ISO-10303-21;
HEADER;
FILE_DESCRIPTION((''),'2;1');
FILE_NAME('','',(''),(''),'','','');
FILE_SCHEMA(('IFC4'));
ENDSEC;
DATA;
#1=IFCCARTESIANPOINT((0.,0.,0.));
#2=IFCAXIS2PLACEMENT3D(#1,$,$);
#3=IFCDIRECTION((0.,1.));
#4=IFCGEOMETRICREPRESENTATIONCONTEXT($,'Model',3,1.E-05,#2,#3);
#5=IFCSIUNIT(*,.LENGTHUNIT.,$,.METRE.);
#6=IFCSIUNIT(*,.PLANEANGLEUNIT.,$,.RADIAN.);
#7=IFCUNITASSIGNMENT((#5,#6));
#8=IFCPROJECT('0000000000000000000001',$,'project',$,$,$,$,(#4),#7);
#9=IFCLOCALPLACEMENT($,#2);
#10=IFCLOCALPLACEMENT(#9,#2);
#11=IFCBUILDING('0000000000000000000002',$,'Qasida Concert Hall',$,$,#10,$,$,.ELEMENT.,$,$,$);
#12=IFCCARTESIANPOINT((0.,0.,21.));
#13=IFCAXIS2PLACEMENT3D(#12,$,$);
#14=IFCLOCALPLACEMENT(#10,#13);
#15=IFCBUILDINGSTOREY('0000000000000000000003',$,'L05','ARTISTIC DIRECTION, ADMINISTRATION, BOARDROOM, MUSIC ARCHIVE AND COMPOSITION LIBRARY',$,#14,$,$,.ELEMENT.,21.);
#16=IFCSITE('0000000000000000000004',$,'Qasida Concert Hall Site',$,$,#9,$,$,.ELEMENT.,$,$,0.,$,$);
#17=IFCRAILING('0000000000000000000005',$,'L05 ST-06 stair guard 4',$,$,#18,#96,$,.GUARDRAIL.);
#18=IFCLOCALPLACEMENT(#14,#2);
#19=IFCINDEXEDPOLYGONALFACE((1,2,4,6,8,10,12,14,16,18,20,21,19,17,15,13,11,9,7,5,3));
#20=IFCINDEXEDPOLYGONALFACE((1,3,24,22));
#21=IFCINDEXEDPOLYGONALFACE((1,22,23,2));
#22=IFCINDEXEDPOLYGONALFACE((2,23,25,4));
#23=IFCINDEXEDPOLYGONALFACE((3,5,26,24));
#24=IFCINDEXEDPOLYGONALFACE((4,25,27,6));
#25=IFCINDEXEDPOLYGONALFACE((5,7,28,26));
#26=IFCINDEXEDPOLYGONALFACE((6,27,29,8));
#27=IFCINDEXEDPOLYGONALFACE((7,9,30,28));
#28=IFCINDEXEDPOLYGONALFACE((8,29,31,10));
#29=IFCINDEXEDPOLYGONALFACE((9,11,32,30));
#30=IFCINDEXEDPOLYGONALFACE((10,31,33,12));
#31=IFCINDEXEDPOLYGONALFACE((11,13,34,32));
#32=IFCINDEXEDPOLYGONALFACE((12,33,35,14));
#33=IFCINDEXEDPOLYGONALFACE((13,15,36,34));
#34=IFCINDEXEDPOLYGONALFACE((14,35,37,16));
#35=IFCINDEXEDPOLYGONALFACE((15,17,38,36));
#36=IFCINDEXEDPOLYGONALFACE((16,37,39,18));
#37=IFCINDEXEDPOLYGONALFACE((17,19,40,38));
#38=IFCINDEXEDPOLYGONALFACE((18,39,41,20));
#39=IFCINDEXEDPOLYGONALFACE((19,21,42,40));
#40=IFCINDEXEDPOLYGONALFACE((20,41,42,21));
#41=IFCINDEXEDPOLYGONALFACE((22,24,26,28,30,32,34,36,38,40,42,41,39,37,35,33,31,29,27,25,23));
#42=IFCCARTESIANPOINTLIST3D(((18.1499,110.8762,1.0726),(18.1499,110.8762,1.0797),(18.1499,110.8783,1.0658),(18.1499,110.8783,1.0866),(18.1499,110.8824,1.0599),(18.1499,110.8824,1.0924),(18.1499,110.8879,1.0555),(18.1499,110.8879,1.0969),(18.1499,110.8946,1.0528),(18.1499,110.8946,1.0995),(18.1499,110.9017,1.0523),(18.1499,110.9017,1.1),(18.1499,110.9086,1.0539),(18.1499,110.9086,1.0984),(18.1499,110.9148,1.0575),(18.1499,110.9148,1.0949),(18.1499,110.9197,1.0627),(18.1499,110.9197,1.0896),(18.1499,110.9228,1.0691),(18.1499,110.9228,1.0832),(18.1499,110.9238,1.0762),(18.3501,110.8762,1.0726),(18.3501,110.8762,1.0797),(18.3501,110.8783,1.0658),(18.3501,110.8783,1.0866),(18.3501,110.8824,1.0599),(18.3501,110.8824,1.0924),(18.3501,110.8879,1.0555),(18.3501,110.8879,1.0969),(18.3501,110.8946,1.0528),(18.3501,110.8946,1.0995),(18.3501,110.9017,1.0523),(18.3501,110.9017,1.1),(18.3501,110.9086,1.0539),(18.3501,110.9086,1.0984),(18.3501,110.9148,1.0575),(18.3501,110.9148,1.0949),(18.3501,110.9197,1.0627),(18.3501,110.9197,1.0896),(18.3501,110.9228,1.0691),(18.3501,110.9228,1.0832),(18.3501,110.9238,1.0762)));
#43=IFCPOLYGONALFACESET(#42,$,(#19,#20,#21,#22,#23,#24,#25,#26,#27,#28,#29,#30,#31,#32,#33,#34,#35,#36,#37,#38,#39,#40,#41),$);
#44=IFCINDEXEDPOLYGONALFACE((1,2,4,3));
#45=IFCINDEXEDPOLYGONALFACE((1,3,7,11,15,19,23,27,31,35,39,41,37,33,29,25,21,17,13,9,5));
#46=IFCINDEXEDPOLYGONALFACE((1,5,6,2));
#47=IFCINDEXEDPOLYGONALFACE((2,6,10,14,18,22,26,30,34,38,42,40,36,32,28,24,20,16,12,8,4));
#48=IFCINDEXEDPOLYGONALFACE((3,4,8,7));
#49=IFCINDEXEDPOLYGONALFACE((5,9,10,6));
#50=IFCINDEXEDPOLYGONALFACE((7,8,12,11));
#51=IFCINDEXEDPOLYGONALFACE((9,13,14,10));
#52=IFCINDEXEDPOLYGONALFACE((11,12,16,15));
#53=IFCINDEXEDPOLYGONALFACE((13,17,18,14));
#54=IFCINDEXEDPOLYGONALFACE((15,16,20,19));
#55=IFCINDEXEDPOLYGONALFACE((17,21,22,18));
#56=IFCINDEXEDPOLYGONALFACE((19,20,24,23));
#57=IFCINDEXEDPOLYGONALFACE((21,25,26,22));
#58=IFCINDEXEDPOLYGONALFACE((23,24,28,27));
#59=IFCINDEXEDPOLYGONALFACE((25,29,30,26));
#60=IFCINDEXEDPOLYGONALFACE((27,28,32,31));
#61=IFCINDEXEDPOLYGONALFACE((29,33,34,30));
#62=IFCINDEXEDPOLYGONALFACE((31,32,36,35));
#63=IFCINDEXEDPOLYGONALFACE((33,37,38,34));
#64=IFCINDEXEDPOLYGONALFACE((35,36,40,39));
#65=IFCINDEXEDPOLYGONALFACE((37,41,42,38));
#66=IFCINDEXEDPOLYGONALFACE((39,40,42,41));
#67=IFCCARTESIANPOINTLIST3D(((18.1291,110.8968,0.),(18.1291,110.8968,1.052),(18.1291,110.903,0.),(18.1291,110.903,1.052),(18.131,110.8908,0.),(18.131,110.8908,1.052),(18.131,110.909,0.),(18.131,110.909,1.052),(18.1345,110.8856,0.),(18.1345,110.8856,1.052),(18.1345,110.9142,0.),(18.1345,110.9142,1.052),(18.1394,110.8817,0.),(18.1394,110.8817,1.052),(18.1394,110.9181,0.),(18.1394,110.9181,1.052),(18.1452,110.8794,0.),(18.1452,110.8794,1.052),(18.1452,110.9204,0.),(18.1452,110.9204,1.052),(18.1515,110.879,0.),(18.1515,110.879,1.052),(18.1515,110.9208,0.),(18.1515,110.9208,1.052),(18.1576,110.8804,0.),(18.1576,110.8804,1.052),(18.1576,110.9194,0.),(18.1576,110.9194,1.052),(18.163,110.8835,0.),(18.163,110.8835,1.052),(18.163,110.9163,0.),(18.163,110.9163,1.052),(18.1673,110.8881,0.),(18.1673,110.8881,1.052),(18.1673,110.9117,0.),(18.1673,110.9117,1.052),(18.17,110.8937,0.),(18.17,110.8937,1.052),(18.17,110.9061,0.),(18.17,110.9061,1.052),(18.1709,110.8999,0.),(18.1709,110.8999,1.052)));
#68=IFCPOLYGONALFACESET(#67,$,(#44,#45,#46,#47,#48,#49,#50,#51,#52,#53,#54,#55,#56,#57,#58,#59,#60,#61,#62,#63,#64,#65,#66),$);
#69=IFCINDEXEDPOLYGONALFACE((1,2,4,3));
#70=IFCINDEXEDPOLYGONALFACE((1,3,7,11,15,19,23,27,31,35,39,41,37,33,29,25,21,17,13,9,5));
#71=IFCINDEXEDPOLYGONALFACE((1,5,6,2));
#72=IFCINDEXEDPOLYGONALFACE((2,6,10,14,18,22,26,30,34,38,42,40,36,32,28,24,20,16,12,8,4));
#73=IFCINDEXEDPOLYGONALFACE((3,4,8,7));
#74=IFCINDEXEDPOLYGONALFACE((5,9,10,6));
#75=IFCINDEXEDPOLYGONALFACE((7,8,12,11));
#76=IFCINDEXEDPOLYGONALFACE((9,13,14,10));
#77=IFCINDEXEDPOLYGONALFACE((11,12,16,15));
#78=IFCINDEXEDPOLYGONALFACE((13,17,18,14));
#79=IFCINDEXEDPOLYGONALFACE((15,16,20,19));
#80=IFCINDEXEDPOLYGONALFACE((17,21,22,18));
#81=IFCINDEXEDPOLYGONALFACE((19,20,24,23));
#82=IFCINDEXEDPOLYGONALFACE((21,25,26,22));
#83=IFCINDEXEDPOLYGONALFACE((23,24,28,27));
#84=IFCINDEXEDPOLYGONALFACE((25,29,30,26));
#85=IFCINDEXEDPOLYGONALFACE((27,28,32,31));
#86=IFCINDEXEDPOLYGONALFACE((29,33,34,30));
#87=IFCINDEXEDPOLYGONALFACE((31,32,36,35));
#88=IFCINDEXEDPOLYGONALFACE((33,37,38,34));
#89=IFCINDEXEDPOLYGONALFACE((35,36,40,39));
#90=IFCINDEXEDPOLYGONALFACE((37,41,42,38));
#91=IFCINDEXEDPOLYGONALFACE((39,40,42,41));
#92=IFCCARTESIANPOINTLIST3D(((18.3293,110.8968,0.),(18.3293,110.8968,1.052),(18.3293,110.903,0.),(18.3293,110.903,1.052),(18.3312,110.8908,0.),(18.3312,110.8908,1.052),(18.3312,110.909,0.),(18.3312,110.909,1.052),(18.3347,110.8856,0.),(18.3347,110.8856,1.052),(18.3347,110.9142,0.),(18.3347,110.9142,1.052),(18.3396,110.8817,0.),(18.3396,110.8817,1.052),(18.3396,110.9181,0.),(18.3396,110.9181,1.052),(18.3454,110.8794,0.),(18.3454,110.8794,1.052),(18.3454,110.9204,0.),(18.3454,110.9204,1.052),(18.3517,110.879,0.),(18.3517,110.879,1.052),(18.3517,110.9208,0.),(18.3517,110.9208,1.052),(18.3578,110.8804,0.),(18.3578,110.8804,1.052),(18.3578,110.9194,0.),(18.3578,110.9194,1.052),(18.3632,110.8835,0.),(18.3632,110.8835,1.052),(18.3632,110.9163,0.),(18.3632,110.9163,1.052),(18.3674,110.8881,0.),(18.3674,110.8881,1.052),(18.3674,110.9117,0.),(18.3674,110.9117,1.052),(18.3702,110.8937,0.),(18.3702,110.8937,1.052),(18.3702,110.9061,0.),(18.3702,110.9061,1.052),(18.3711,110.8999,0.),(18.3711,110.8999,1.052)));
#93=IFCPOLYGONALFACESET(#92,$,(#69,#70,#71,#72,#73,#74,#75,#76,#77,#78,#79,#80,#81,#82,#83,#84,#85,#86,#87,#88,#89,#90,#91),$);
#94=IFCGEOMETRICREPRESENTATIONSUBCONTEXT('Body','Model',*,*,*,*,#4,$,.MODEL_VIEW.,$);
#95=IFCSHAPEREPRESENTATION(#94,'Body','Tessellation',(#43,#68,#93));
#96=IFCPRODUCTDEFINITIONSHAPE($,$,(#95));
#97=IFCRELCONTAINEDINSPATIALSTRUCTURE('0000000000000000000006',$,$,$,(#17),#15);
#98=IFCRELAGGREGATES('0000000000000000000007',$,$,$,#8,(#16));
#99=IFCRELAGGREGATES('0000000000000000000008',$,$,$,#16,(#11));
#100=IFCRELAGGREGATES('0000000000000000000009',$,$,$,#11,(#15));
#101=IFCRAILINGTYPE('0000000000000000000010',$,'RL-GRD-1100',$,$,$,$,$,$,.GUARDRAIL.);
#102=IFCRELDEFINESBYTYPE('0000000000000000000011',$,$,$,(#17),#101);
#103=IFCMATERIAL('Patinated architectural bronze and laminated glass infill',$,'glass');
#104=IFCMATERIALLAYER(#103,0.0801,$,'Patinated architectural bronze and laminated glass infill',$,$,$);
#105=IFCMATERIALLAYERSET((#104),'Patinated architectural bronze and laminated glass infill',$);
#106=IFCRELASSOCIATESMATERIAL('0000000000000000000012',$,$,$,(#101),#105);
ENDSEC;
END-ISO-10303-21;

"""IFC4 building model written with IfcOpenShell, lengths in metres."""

from ifc_helpers import new_model, si_unit, direction, frame, origin, origin_2d, place, context, subcontext, project, spatial, circle, extrude, material, layer, layer_set, type_object, element, save


model = new_model("IFC4")

# Units and contexts
model_context = context("Model", 3, precision=1e-05, world=origin(), true_north=direction((0.0, 1.0)))
body_context = subcontext(model_context, "Body", "Model", "MODEL_VIEW")
ifc_project = project(units=[si_unit("LENGTHUNIT", "METRE"), si_unit("PLANEANGLEUNIT", "RADIAN")], contexts=[model_context])

# Site, building, storey
site_placement = place(None, origin())
site = spatial("IfcSite", under=ifc_project, at=site_placement, Name="Qasida Concert Hall Site", CompositionType="ELEMENT", RefElevation=0.0)
building_placement = place(site_placement, origin())
building = spatial("IfcBuilding", under=site, at=building_placement, Name="Qasida Concert Hall", CompositionType="ELEMENT")
storey_placement = place(building_placement, frame((0.0, 0.0, 21.0)))
storey = spatial("IfcBuildingStorey", under=building, at=storey_placement, Name="L05", Description="ARTISTIC DIRECTION, ADMINISTRATION, BOARDROOM, MUSIC ARCHIVE AND COMPOSITION LIBRARY", CompositionType="ELEMENT", Elevation=21.0)

# Railing
ifc_material_1 = material(Name="Patinated architectural bronze and laminated glass infill", Category="glass")
ifc_layer_1 = layer(ifc_material_1, 0.0801, Name="Patinated architectural bronze and laminated glass infill")
ifc_layer_set_1 = layer_set([ifc_layer_1], Name="Patinated architectural bronze and laminated glass infill")
railing_type_1 = type_object("IfcRailingType", Name="RL-GRD-1100", PredefinedType="GUARDRAIL", material=ifc_layer_set_1)
railing_1_placement = place(storey_placement, frame((18.1499, 110.8999, 0.0)))
element("IfcRailing", 1, at=railing_1_placement, inside=storey, type_object=railing_type_1, Name="L05 ST-06 stair guard 4", PredefinedType="GUARDRAIL", context=body_context, shape_type="SweptSolid", body=[
    extrude(circle(Radius=0.0239, at=origin_2d()), frame((0.0, 0.0, 1.0762), z_axis=(1.0, 0.0, 0.0), x_axis=(0.0, 1.0, 0.0)), (0.0, 0.0, 1.0), 0.2002),
    extrude(circle(Radius=0.021, at=origin_2d()), origin(), (0.0, 0.0, 1.0), 1.052),
    extrude(circle(Radius=0.021, at=origin_2d()), frame((0.2002, 0.0, 0.0)), (0.0, 0.0, 1.0), 1.052),
])

save(model, "model.ifc")
